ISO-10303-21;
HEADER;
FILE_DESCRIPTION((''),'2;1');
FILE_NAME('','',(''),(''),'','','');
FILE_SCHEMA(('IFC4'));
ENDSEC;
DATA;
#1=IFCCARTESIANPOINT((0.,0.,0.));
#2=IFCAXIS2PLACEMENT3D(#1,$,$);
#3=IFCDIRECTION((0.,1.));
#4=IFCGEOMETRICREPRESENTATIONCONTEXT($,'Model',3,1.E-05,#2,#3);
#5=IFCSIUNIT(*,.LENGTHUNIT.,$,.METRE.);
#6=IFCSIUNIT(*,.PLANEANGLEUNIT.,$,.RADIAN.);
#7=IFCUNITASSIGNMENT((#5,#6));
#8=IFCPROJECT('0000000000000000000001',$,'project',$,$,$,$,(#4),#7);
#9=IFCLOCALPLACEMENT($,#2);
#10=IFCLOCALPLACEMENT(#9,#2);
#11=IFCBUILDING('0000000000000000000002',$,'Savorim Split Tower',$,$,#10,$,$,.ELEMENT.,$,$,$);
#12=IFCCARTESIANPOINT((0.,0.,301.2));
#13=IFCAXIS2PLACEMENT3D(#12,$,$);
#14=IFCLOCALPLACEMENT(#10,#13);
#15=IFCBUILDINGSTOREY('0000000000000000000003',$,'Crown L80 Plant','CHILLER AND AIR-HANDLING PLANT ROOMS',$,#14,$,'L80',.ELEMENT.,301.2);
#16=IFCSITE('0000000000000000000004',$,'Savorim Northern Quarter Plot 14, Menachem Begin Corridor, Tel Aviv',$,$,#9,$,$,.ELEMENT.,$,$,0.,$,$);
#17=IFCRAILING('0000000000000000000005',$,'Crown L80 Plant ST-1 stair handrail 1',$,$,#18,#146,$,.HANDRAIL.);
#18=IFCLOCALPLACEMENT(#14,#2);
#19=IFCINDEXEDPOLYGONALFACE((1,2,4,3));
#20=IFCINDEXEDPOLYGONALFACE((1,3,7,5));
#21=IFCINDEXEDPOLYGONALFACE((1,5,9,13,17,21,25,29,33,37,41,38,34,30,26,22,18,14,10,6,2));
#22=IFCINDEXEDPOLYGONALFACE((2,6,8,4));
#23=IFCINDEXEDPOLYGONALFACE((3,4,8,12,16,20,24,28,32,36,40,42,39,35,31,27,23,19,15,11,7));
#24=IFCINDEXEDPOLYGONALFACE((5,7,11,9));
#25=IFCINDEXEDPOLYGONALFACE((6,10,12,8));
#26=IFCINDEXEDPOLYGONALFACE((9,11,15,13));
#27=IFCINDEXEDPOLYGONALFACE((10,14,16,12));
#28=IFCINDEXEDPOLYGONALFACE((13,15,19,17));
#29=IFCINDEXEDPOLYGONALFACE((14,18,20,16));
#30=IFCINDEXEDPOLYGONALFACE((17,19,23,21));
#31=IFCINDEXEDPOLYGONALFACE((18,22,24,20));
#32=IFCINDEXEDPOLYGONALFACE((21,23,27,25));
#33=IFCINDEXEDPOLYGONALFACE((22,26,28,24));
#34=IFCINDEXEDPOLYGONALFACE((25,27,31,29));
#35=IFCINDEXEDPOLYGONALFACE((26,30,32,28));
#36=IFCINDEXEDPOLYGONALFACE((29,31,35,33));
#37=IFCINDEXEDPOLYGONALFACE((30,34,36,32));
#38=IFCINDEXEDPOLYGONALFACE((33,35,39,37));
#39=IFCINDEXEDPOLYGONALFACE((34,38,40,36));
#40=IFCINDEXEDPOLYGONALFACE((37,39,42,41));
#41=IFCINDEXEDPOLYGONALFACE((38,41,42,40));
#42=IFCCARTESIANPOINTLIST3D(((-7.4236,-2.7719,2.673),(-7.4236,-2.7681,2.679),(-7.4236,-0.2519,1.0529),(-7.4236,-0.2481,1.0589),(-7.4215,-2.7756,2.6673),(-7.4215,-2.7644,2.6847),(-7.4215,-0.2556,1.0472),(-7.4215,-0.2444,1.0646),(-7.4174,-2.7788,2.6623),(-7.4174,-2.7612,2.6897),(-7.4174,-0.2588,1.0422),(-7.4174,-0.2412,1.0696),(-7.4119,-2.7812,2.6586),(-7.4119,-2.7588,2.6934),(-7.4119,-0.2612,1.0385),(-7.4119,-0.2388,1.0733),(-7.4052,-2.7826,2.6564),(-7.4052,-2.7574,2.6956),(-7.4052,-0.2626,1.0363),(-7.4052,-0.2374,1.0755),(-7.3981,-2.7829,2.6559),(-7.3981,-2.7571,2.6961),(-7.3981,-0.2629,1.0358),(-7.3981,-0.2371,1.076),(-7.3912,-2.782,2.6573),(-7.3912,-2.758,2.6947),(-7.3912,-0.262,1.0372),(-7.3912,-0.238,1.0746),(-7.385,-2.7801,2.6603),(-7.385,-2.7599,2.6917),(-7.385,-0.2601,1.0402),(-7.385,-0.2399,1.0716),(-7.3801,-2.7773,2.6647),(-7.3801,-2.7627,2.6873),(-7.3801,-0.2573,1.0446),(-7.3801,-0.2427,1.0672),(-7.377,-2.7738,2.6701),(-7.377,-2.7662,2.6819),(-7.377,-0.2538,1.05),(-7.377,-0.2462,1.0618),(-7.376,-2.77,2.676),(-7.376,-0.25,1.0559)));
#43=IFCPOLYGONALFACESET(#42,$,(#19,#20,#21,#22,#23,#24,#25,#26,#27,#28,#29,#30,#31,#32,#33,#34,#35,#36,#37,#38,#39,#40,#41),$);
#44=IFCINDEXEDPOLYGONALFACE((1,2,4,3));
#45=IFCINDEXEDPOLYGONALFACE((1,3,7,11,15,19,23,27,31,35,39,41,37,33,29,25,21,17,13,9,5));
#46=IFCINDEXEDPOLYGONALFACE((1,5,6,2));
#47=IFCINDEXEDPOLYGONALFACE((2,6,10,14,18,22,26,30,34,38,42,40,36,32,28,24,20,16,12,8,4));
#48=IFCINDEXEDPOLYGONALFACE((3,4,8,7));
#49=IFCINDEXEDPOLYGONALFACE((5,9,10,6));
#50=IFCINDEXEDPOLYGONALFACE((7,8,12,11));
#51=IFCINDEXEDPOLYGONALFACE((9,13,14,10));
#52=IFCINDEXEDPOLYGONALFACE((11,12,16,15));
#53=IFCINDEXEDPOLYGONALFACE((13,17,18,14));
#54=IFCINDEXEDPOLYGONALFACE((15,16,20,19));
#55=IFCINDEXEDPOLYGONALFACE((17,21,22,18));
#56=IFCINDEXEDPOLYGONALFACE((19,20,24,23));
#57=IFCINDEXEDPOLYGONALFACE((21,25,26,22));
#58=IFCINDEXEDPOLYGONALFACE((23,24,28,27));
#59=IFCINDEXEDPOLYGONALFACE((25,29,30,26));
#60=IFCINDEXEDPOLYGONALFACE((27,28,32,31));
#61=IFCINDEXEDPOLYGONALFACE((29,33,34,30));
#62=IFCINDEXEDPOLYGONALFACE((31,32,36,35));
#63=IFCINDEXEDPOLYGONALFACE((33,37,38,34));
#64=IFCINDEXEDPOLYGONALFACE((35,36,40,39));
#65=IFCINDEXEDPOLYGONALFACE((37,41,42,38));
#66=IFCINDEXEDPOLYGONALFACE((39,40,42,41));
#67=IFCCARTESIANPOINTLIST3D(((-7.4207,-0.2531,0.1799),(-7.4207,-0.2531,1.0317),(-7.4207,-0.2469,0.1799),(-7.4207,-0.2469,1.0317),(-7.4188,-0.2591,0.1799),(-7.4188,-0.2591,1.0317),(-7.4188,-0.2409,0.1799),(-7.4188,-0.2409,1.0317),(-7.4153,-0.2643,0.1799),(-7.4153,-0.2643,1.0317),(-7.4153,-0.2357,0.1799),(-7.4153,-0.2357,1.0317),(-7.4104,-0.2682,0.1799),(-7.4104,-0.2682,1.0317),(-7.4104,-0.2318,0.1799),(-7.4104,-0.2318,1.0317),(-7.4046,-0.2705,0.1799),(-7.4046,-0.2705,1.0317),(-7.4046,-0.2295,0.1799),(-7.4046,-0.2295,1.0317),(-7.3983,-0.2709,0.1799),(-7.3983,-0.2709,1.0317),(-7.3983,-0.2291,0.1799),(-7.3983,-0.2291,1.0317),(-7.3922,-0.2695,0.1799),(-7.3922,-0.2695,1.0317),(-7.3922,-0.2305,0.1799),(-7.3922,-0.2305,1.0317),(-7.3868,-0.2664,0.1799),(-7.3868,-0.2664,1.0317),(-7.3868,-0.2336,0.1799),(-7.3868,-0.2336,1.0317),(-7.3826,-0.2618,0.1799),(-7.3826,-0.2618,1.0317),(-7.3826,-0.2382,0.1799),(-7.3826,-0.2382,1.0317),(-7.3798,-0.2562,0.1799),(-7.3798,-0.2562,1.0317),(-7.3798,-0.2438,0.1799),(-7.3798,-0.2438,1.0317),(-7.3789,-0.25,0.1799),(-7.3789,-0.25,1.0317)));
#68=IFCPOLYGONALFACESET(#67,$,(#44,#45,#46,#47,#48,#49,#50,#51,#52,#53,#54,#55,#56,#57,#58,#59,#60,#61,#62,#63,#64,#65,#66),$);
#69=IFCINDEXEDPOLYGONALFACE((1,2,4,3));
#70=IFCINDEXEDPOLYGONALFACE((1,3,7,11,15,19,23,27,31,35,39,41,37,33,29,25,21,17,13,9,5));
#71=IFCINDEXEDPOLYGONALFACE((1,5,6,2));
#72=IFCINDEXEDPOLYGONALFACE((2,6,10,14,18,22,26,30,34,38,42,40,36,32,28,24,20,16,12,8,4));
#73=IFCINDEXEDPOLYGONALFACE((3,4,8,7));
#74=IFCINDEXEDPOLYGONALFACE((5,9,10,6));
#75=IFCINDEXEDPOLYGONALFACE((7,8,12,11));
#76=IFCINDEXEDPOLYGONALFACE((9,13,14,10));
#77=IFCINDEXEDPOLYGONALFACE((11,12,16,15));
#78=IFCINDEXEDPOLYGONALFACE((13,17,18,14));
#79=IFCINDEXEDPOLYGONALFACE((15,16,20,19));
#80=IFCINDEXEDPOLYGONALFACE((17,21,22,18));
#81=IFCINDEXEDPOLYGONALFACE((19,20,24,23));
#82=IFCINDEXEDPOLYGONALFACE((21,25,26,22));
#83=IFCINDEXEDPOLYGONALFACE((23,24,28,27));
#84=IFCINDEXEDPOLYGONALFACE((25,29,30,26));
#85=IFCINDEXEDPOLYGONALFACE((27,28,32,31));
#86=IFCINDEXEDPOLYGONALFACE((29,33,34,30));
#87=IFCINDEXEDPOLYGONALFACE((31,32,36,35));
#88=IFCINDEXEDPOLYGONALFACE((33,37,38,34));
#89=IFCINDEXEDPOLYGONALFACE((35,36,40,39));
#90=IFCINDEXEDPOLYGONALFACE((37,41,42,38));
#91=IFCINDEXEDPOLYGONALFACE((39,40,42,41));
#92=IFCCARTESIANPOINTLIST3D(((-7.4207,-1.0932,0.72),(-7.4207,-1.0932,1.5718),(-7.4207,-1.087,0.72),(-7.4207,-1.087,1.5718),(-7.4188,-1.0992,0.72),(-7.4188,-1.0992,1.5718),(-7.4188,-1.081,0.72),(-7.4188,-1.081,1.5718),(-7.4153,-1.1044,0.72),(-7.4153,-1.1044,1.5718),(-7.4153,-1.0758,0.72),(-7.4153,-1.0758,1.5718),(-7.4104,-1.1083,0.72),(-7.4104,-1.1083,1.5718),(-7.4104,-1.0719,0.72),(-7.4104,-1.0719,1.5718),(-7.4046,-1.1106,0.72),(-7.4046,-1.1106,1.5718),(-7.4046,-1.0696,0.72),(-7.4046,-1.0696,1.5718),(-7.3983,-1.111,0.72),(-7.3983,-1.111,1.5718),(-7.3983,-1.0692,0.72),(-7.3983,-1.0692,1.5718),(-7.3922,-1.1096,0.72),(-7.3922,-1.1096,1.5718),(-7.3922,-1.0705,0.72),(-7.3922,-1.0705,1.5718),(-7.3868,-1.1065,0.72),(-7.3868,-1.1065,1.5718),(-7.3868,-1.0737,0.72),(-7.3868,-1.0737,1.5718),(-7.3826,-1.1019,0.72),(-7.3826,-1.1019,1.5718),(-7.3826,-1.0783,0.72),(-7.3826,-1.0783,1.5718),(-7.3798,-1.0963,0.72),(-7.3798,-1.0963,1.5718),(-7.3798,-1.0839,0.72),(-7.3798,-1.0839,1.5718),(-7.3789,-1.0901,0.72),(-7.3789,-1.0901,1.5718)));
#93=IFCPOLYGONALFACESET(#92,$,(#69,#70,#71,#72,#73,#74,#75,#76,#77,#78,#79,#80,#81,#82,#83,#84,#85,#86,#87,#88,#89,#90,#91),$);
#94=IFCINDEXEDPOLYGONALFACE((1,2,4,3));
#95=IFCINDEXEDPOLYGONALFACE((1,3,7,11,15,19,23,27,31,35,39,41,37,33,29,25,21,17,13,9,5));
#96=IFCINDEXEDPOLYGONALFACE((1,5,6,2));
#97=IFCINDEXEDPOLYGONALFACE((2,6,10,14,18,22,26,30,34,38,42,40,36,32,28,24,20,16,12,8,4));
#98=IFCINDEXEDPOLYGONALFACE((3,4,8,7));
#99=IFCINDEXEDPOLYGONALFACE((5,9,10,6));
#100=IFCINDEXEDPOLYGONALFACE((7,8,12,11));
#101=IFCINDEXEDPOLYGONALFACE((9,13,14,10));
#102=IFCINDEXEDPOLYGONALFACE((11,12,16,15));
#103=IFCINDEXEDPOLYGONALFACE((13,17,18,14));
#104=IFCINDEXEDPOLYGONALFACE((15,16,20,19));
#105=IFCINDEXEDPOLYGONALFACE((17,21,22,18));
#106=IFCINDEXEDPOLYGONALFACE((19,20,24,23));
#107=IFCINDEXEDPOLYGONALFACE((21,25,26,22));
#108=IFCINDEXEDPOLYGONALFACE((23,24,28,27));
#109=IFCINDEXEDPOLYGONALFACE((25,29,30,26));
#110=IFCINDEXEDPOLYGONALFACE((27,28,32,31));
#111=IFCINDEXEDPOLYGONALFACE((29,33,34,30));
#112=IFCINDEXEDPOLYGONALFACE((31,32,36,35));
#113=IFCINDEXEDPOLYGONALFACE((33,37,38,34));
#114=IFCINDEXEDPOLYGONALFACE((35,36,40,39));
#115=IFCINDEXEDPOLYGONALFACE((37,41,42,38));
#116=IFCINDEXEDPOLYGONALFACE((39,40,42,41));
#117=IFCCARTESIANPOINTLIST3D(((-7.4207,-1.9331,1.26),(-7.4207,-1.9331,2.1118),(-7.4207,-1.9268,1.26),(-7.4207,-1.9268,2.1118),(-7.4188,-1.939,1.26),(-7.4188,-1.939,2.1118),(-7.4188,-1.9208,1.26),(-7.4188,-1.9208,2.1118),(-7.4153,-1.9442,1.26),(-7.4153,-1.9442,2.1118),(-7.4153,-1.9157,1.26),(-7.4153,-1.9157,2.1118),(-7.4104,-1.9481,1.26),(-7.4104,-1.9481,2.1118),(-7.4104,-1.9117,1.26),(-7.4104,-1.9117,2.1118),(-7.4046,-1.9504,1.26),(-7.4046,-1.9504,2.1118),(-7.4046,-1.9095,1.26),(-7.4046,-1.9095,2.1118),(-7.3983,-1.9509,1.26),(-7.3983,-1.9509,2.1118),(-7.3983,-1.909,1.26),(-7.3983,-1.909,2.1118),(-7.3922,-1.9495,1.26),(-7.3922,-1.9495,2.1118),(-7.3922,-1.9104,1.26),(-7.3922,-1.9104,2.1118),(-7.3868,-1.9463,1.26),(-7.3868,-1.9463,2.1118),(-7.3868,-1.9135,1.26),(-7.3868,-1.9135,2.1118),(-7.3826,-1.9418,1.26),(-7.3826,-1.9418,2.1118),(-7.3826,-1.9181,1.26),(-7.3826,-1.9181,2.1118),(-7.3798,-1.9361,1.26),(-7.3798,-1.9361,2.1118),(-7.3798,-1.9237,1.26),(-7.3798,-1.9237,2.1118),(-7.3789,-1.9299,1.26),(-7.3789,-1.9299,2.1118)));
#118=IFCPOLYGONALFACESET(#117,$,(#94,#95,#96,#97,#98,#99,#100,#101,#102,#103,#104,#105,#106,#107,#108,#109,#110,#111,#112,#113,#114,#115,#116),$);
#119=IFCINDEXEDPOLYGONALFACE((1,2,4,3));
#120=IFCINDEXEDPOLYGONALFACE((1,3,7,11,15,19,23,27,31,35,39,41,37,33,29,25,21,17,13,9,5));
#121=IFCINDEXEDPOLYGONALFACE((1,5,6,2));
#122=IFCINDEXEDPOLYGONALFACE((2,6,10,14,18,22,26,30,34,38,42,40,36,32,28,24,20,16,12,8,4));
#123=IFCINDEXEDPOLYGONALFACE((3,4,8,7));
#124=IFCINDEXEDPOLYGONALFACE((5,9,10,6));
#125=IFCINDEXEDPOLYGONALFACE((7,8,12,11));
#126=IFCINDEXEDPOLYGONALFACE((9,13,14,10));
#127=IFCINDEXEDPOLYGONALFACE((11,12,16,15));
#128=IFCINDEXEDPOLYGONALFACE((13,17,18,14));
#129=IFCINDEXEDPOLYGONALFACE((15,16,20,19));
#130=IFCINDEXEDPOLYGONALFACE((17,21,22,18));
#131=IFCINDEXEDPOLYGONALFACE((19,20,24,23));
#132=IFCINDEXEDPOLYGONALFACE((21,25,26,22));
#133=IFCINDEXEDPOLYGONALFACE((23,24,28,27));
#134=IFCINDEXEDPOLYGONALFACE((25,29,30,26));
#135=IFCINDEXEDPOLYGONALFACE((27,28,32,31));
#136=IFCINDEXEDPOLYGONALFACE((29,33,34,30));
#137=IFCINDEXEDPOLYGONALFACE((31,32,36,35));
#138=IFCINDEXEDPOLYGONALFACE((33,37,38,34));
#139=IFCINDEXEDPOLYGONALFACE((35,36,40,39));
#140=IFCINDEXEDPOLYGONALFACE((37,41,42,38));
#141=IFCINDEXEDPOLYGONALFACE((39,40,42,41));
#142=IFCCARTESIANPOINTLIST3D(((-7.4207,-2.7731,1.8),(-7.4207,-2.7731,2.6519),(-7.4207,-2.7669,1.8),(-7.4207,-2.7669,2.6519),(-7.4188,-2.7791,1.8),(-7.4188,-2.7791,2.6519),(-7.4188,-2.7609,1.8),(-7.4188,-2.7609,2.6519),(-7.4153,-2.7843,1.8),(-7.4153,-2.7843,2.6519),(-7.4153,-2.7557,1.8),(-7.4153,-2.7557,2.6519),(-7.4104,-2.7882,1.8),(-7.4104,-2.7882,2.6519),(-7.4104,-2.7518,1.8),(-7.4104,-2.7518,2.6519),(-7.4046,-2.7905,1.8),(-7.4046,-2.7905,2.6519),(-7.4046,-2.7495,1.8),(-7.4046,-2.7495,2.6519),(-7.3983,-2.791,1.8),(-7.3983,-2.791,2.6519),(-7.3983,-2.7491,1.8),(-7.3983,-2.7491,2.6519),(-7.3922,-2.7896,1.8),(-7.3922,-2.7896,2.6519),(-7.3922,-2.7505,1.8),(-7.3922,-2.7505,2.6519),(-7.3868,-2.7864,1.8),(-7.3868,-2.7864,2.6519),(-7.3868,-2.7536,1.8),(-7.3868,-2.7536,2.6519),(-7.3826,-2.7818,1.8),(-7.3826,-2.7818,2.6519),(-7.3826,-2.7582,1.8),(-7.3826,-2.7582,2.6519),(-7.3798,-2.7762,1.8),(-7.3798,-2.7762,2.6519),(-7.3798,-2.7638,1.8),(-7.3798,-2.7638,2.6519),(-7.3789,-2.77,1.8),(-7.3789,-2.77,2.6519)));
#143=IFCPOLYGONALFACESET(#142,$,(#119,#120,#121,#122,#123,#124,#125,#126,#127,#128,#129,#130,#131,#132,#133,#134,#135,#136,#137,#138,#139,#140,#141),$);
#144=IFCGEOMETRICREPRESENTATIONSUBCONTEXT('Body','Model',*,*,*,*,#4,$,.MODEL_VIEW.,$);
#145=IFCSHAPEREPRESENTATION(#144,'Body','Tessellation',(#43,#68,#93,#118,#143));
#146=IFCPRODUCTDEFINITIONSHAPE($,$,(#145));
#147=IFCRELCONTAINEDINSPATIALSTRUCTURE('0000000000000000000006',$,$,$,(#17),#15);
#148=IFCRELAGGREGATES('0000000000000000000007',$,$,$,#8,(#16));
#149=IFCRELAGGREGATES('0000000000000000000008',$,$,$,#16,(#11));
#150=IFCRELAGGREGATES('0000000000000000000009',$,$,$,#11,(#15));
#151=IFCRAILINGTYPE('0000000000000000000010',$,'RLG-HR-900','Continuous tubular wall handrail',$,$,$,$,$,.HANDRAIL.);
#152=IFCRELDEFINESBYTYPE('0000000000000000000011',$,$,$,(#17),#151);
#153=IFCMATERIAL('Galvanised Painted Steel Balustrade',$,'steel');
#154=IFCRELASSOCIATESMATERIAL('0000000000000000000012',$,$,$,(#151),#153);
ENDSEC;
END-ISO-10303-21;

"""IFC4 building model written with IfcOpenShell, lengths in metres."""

from ifc_helpers import new_model, si_unit, direction, frame, origin, origin_2d, place, context, subcontext, project, spatial, circle, extrude, material, type_object, element, save


model = new_model("IFC4")

# Units and contexts
model_context = context("Model", 3, precision=1e-05, world=origin(), true_north=direction((0.0, 1.0)))
body_context = subcontext(model_context, "Body", "Model", "MODEL_VIEW")
ifc_project = project(units=[si_unit("LENGTHUNIT", "METRE"), si_unit("PLANEANGLEUNIT", "RADIAN")], contexts=[model_context])

# Site, building, storey
site_placement = place(None, origin())
site = spatial("IfcSite", under=ifc_project, at=site_placement, Name="Savorim Northern Quarter Plot 14, Menachem Begin Corridor, Tel Aviv", CompositionType="ELEMENT", RefElevation=0.0)
building_placement = place(site_placement, origin())
building = spatial("IfcBuilding", under=site, at=building_placement, Name="Savorim Split Tower", CompositionType="ELEMENT")
storey_placement = place(building_placement, frame((0.0, 0.0, 301.2)))
storey = spatial("IfcBuildingStorey", under=building, at=storey_placement, Name="Crown L80 Plant", Description="CHILLER AND AIR-HANDLING PLANT ROOMS", LongName="L80", CompositionType="ELEMENT", Elevation=301.2)

# Railing
ifc_material_1 = material(Name="Galvanised Painted Steel Balustrade", Category="steel")
railing_type_1 = type_object("IfcRailingType", Name="RLG-HR-900", Description="Continuous tubular wall handrail", PredefinedType="HANDRAIL", material=ifc_material_1)
railing_1_placement = place(storey_placement, frame((-7.3999, -0.25, 0.1799)))
element("IfcRailing", 1, at=railing_1_placement, inside=storey, type_object=railing_type_1, Name="Crown L80 Plant ST-1 stair handrail 1", PredefinedType="HANDRAIL", context=body_context, shape_type="SweptSolid", body=[
    extrude(circle(Radius=0.0239, at=origin_2d()), frame((0.0, 0.0, 0.876), z_axis=(0.0, -0.841163, 0.540782), x_axis=(1.0, 0.0, 0.0)), (0.0, 0.0, 1.0), 2.9958),
    extrude(circle(Radius=0.021, at=origin_2d()), origin(), (0.0, 0.0, 1.0), 0.8518),
    extrude(circle(Radius=0.021, at=origin_2d()), frame((0.0, -0.8401, 0.54)), (0.0, 0.0, 1.0), 0.8518),
    extrude(circle(Radius=0.021, at=origin_2d()), frame((0.0, -1.6799, 1.0801)), (0.0, 0.0, 1.0), 0.8518),
    extrude(circle(Radius=0.021, at=origin_2d()), frame((0.0, -2.52, 1.6201)), (0.0, 0.0, 1.0), 0.8518),
])

save(model, "model.ifc")
